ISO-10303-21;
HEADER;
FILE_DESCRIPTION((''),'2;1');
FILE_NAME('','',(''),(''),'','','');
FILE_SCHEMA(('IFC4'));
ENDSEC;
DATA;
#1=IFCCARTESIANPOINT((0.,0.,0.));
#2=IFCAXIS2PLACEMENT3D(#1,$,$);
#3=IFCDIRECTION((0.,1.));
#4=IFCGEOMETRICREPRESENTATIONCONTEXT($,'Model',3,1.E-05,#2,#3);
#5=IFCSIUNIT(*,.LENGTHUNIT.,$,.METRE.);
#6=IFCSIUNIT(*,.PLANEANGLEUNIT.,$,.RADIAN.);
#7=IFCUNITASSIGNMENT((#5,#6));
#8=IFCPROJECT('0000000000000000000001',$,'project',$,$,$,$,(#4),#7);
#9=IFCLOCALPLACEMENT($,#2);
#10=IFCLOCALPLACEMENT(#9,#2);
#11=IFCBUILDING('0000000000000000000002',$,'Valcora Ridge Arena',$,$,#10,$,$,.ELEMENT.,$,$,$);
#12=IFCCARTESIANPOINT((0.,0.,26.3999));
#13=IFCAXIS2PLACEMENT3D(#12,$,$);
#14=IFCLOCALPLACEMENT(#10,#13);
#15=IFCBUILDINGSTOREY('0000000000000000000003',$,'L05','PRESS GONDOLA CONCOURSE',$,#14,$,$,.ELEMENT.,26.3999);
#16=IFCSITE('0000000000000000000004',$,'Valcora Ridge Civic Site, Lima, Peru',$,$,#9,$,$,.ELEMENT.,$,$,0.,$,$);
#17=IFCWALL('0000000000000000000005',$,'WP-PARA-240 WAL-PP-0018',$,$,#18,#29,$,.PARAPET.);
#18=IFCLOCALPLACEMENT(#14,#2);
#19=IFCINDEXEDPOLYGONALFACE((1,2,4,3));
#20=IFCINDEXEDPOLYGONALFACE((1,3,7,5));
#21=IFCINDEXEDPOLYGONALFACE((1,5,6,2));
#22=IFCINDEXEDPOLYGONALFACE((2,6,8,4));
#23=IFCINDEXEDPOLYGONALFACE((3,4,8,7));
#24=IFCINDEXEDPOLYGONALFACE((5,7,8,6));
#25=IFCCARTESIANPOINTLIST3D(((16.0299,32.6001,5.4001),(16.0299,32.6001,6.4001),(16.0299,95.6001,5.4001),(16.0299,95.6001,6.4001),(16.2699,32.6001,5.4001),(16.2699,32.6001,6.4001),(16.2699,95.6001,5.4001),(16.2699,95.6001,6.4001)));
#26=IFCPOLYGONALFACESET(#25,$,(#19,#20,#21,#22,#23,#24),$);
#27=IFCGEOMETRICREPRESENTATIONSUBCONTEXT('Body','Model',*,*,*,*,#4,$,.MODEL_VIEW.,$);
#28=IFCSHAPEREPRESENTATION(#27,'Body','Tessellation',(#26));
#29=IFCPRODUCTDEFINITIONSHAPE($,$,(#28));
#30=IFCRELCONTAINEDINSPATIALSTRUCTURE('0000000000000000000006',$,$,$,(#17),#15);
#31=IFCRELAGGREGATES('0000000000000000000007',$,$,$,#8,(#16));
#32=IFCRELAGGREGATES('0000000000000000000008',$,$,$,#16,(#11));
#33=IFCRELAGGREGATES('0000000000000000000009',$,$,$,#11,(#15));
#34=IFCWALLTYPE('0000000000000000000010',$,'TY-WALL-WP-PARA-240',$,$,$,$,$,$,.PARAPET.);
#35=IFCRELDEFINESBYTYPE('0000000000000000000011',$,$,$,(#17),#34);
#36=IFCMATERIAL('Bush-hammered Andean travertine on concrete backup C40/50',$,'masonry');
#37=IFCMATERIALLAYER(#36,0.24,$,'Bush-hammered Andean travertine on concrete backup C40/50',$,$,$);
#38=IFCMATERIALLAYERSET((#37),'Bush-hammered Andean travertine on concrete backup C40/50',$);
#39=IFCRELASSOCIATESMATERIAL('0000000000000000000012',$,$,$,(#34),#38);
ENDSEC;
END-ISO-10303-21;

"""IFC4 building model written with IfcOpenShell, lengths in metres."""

from ifc_helpers import new_model, si_unit, direction, frame, frame_2d, origin, place, context, subcontext, project, spatial, rectangle, extrude, material, layer, layer_set, type_object, element, save


model = new_model("IFC4")

# Units and contexts
model_context = context("Model", 3, precision=1e-05, world=origin(), true_north=direction((0.0, 1.0)))
body_context = subcontext(model_context, "Body", "Model", "MODEL_VIEW")
ifc_project = project(units=[si_unit("LENGTHUNIT", "METRE"), si_unit("PLANEANGLEUNIT", "RADIAN")], contexts=[model_context])

# Site, building, storey
site_placement = place(None, origin())
site = spatial("IfcSite", under=ifc_project, at=site_placement, Name="Valcora Ridge Civic Site, Lima, Peru", CompositionType="ELEMENT", RefElevation=0.0)
building_placement = place(site_placement, origin())
building = spatial("IfcBuilding", under=site, at=building_placement, Name="Valcora Ridge Arena", CompositionType="ELEMENT")
storey_placement = place(building_placement, frame((0.0, 0.0, 26.3999)))
storey = spatial("IfcBuildingStorey", under=building, at=storey_placement, Name="L05", Description="PRESS GONDOLA CONCOURSE", CompositionType="ELEMENT", Elevation=26.3999)

# Shared definitions
ifc_material_1 = material(Name="Bush-hammered Andean travertine on concrete backup C40/50", Category="masonry")

# Wall
ifc_layer_1 = layer(ifc_material_1, 0.24, Name="Bush-hammered Andean travertine on concrete backup C40/50")
ifc_layer_set_1 = layer_set([ifc_layer_1], Name="Bush-hammered Andean travertine on concrete backup C40/50")
wall_type_1 = type_object("IfcWallType", Name="TY-WALL-WP-PARA-240", PredefinedType="PARAPET", material=ifc_layer_set_1)
wall_1_placement = place(storey_placement, frame((16.1499, 32.6001, 5.4001), z_axis=(0.0, 0.0, 1.0), x_axis=(0.0, 1.0, 0.0)))
element("IfcWall", 1, at=wall_1_placement, inside=storey, type_object=wall_type_1, Name="WP-PARA-240 WAL-PP-0018", PredefinedType="PARAPET", context=body_context, shape_type="SweptSolid", body=[
    extrude(rectangle(XDim=63.0, YDim=0.24, at=frame_2d((31.5, 0.0))), origin(), (0.0, 0.0, 1.0), 1.0),
])

save(model, "model.ifc")
